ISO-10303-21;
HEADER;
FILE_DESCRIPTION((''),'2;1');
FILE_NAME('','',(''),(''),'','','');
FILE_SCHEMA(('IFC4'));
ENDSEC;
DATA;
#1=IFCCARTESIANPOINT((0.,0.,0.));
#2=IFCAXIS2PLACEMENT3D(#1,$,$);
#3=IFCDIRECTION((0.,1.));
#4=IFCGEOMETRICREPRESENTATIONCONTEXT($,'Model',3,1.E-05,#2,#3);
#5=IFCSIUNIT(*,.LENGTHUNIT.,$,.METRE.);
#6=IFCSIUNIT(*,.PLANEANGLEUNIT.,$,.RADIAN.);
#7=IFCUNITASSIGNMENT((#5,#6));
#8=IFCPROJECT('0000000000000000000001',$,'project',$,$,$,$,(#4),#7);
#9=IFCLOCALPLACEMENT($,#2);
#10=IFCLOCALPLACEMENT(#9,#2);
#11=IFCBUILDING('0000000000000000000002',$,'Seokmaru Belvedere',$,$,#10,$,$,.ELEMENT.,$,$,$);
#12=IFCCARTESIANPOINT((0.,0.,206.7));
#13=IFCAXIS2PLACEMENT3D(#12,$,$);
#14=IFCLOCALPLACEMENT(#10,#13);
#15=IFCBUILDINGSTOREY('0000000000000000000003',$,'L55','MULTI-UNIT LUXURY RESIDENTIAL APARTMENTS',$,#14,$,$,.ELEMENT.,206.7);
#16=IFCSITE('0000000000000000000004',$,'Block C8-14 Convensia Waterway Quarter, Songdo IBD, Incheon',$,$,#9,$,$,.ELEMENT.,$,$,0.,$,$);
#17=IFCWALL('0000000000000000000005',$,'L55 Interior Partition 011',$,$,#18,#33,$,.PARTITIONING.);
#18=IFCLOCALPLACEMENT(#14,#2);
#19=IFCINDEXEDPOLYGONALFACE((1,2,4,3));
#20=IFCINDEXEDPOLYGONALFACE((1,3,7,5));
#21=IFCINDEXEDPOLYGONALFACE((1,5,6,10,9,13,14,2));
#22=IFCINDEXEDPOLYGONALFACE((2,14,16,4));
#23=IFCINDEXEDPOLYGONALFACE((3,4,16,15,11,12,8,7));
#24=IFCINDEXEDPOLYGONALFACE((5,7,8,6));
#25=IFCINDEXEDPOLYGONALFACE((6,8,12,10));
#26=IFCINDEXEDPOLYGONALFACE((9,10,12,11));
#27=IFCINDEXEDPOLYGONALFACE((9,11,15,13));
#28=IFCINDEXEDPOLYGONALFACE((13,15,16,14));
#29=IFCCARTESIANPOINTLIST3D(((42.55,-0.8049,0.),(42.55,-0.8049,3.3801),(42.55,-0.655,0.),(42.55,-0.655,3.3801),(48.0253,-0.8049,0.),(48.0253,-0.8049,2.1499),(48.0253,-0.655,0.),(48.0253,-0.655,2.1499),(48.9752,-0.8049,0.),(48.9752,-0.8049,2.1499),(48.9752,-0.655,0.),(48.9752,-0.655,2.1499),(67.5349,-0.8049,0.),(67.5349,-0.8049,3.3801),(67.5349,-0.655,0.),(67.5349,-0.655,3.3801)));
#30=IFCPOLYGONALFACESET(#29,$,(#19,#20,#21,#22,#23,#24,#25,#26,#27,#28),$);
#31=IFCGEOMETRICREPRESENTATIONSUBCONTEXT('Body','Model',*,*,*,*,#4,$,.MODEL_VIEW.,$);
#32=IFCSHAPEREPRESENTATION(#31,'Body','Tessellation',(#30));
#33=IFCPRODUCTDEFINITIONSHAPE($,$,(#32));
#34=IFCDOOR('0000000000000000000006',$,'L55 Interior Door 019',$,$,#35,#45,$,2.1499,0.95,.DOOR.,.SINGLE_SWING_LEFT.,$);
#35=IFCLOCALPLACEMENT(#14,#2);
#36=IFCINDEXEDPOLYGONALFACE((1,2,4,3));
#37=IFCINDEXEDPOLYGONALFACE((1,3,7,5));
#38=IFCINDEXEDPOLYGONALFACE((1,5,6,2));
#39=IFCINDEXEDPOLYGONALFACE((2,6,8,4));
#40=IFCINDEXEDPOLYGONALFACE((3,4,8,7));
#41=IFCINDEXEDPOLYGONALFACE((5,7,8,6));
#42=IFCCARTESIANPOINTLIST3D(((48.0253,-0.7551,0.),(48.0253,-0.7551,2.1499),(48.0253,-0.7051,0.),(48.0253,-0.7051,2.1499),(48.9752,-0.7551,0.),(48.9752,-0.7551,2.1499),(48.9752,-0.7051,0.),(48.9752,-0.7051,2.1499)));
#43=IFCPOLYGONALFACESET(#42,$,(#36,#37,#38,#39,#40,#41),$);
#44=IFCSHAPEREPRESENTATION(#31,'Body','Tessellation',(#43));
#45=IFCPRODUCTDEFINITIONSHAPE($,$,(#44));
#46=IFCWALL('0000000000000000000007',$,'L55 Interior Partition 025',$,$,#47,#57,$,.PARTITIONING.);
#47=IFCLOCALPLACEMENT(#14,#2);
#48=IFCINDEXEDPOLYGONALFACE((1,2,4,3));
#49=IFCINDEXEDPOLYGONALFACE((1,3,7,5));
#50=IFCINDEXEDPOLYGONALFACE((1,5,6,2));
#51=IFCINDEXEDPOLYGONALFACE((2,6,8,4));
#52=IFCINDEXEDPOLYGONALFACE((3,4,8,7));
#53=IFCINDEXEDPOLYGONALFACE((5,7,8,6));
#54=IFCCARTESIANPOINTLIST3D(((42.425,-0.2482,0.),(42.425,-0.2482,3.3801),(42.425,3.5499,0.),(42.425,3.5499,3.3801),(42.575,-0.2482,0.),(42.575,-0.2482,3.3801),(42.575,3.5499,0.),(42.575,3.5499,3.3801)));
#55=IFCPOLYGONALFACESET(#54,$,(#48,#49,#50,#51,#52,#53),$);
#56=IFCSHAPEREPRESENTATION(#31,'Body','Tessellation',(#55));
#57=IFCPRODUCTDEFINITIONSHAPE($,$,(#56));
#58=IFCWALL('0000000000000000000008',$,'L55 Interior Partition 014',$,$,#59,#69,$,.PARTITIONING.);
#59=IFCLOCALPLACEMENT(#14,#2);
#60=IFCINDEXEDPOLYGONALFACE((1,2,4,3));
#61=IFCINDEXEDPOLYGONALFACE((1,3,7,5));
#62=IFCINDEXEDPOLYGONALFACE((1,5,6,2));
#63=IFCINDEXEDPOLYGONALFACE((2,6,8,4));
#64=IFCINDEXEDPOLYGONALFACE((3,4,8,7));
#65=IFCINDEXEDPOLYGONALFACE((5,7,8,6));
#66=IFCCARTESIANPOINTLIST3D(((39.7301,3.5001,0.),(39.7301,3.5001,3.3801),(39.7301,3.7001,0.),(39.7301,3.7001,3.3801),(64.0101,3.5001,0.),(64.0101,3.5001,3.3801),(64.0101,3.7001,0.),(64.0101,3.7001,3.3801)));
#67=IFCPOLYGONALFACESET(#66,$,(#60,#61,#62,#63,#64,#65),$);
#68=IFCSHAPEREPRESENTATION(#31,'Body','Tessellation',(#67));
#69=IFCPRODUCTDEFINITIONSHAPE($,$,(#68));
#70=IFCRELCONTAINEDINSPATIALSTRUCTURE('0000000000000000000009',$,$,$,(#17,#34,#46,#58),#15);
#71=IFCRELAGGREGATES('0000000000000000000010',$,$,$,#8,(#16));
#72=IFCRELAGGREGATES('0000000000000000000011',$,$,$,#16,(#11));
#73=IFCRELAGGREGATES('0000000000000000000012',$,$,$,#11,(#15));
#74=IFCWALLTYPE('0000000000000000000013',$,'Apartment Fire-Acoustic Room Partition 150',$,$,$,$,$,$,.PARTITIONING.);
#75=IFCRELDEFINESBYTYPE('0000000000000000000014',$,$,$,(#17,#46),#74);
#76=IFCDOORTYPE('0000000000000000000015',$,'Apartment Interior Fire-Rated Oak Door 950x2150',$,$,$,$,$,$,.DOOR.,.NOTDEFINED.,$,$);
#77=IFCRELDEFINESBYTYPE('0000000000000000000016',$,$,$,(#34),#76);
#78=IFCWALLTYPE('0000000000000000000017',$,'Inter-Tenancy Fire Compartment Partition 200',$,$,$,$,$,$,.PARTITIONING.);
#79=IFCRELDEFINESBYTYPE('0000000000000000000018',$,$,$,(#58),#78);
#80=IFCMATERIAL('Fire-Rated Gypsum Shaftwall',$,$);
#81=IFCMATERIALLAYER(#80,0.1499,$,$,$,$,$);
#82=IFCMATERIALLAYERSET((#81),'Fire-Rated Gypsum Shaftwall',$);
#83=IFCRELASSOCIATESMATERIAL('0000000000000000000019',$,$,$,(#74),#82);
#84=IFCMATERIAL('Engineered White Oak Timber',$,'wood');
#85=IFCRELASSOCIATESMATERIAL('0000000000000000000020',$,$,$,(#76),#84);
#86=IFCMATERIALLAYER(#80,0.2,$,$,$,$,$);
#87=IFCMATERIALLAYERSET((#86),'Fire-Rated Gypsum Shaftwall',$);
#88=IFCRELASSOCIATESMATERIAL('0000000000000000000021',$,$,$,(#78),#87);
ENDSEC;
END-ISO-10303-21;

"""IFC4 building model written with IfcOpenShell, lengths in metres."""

from ifc_helpers import new_model, si_unit, direction, frame, frame_2d, origin, place, context, subcontext, project, spatial, rectangle, extrude, source, transform, mapped, material, layer, layer_set, type_object, type_shapes, element, fill, save


model = new_model("IFC4")

# Units and contexts
model_context = context("Model", 3, precision=1e-05, world=origin(), true_north=direction((0.0, 1.0)))
body_context = subcontext(model_context, "Body", "Model", "MODEL_VIEW")
ifc_project = project(units=[si_unit("LENGTHUNIT", "METRE"), si_unit("PLANEANGLEUNIT", "RADIAN")], contexts=[model_context])

# Site, building, storey
site_placement = place(None, origin())
site = spatial("IfcSite", under=ifc_project, at=site_placement, Name="Block C8-14 Convensia Waterway Quarter, Songdo IBD, Incheon", CompositionType="ELEMENT", RefElevation=0.0)
building_placement = place(site_placement, origin())
building = spatial("IfcBuilding", under=site, at=building_placement, Name="Seokmaru Belvedere", CompositionType="ELEMENT")
storey_placement = place(building_placement, frame((0.0, 0.0, 206.7)))
storey = spatial("IfcBuildingStorey", under=building, at=storey_placement, Name="L55", Description="MULTI-UNIT LUXURY RESIDENTIAL APARTMENTS", CompositionType="ELEMENT", Elevation=206.7)

# Wall, opening, door
ifc_material_1 = material(Name="Fire-Rated Gypsum Shaftwall")
ifc_layer_1 = layer(ifc_material_1, 0.1499)
ifc_layer_set_1 = layer_set([ifc_layer_1], Name="Fire-Rated Gypsum Shaftwall")
wall_type_1 = type_object("IfcWallType", Name="Apartment Fire-Acoustic Room Partition 150", PredefinedType="PARTITIONING", material=ifc_layer_set_1)
wall_1_placement = place(storey_placement, frame((42.55, -0.73, 0.0), z_axis=(0.0, 0.0, 1.0), x_axis=(1.0, 0.0, 0.0)))
wall_1 = element("IfcWall", 1, at=wall_1_placement, inside=storey, type_object=wall_type_1, Name="L55 Interior Partition 011", PredefinedType="PARTITIONING", context=body_context, shape_type="SweptSolid", body=[
    extrude(rectangle(XDim=24.9849, YDim=0.1499, at=frame_2d((12.4924, 0.0))), origin(), (0.0, 0.0, 1.0), 3.3801),
])
opening_1_placement = place(wall_1_placement, frame((5.4751, 0.0, 0.0)))
opening_1 = element("IfcOpeningElement", 2, at=opening_1_placement, cuts=wall_1, PredefinedType="OPENING", context=body_context, shape_type="SweptSolid", body=[
    extrude(rectangle(XDim=0.95, YDim=2.1499, at=frame_2d((0.4751, 1.075))), frame((0.0, 0.085, 0.0), z_axis=(0.0, -1.0, 0.0), x_axis=(1.0, 0.0, 0.0)), (0.0, 0.0, 1.0), 0.1699),
])
ifc_material_2 = material(Name="Engineered White Oak Timber", Category="wood")
door_type_1 = type_object("IfcDoorType", Name="Apartment Interior Fire-Rated Oak Door 950x2150", OperationType="NOTDEFINED", PredefinedType="DOOR", material=ifc_material_2)
shared_shape_1 = source(origin(), body_context, "Body", "SweptSolid", [
    extrude(rectangle(XDim=0.95, YDim=2.1499, at=frame_2d((0.4751, 1.075))), frame((0.0, 0.0249, 0.0), z_axis=(0.0, -1.0, 0.0), x_axis=(1.0, 0.0, 0.0)), (0.0, 0.0, 1.0), 0.05),
])
type_shapes(door_type_1, [shared_shape_1])
door_1_placement = place(opening_1_placement, origin())
door_1 = element("IfcDoor", 3, at=door_1_placement, inside=storey, type_object=door_type_1, Name="L55 Interior Door 019", OperationType="SINGLE_SWING_LEFT", OverallHeight=2.1499, OverallWidth=0.95, PredefinedType="DOOR", context=body_context, shape_type="MappedRepresentation", body=[
    mapped(shared_shape_1, transform((0.0, 0.0, 0.0), scale=1.0)),
])
fill(opening_1, door_1)

# Walls
wall_2_placement = place(storey_placement, frame((42.5, -0.248, 0.0), z_axis=(0.0, 0.0, 1.0), x_axis=(0.0, 1.0, 0.0)))
element("IfcWall", 4, at=wall_2_placement, inside=storey, type_object=wall_type_1, Name="L55 Interior Partition 025", PredefinedType="PARTITIONING", context=body_context, shape_type="SweptSolid", body=[
    extrude(rectangle(XDim=3.7981, YDim=0.1499, at=frame_2d((1.8989, 0.0))), origin(), (0.0, 0.0, 1.0), 3.3801),
])
ifc_layer_2 = layer(ifc_material_1, 0.2)
ifc_layer_set_2 = layer_set([ifc_layer_2], Name="Fire-Rated Gypsum Shaftwall")
wall_type_2 = type_object("IfcWallType", Name="Inter-Tenancy Fire Compartment Partition 200", PredefinedType="PARTITIONING", material=ifc_layer_set_2)
wall_3_placement = place(storey_placement, frame((39.73, 3.6001, 0.0), z_axis=(0.0, 0.0, 1.0), x_axis=(1.0, 0.0, 0.0)))
element("IfcWall", 5, at=wall_3_placement, inside=storey, type_object=wall_type_2, Name="L55 Interior Partition 014", PredefinedType="PARTITIONING", context=body_context, shape_type="SweptSolid", body=[
    extrude(rectangle(XDim=24.28, YDim=0.2, at=frame_2d((12.1401, 0.0))), origin(), (0.0, 0.0, 1.0), 3.3801),
])

save(model, "model.ifc")
